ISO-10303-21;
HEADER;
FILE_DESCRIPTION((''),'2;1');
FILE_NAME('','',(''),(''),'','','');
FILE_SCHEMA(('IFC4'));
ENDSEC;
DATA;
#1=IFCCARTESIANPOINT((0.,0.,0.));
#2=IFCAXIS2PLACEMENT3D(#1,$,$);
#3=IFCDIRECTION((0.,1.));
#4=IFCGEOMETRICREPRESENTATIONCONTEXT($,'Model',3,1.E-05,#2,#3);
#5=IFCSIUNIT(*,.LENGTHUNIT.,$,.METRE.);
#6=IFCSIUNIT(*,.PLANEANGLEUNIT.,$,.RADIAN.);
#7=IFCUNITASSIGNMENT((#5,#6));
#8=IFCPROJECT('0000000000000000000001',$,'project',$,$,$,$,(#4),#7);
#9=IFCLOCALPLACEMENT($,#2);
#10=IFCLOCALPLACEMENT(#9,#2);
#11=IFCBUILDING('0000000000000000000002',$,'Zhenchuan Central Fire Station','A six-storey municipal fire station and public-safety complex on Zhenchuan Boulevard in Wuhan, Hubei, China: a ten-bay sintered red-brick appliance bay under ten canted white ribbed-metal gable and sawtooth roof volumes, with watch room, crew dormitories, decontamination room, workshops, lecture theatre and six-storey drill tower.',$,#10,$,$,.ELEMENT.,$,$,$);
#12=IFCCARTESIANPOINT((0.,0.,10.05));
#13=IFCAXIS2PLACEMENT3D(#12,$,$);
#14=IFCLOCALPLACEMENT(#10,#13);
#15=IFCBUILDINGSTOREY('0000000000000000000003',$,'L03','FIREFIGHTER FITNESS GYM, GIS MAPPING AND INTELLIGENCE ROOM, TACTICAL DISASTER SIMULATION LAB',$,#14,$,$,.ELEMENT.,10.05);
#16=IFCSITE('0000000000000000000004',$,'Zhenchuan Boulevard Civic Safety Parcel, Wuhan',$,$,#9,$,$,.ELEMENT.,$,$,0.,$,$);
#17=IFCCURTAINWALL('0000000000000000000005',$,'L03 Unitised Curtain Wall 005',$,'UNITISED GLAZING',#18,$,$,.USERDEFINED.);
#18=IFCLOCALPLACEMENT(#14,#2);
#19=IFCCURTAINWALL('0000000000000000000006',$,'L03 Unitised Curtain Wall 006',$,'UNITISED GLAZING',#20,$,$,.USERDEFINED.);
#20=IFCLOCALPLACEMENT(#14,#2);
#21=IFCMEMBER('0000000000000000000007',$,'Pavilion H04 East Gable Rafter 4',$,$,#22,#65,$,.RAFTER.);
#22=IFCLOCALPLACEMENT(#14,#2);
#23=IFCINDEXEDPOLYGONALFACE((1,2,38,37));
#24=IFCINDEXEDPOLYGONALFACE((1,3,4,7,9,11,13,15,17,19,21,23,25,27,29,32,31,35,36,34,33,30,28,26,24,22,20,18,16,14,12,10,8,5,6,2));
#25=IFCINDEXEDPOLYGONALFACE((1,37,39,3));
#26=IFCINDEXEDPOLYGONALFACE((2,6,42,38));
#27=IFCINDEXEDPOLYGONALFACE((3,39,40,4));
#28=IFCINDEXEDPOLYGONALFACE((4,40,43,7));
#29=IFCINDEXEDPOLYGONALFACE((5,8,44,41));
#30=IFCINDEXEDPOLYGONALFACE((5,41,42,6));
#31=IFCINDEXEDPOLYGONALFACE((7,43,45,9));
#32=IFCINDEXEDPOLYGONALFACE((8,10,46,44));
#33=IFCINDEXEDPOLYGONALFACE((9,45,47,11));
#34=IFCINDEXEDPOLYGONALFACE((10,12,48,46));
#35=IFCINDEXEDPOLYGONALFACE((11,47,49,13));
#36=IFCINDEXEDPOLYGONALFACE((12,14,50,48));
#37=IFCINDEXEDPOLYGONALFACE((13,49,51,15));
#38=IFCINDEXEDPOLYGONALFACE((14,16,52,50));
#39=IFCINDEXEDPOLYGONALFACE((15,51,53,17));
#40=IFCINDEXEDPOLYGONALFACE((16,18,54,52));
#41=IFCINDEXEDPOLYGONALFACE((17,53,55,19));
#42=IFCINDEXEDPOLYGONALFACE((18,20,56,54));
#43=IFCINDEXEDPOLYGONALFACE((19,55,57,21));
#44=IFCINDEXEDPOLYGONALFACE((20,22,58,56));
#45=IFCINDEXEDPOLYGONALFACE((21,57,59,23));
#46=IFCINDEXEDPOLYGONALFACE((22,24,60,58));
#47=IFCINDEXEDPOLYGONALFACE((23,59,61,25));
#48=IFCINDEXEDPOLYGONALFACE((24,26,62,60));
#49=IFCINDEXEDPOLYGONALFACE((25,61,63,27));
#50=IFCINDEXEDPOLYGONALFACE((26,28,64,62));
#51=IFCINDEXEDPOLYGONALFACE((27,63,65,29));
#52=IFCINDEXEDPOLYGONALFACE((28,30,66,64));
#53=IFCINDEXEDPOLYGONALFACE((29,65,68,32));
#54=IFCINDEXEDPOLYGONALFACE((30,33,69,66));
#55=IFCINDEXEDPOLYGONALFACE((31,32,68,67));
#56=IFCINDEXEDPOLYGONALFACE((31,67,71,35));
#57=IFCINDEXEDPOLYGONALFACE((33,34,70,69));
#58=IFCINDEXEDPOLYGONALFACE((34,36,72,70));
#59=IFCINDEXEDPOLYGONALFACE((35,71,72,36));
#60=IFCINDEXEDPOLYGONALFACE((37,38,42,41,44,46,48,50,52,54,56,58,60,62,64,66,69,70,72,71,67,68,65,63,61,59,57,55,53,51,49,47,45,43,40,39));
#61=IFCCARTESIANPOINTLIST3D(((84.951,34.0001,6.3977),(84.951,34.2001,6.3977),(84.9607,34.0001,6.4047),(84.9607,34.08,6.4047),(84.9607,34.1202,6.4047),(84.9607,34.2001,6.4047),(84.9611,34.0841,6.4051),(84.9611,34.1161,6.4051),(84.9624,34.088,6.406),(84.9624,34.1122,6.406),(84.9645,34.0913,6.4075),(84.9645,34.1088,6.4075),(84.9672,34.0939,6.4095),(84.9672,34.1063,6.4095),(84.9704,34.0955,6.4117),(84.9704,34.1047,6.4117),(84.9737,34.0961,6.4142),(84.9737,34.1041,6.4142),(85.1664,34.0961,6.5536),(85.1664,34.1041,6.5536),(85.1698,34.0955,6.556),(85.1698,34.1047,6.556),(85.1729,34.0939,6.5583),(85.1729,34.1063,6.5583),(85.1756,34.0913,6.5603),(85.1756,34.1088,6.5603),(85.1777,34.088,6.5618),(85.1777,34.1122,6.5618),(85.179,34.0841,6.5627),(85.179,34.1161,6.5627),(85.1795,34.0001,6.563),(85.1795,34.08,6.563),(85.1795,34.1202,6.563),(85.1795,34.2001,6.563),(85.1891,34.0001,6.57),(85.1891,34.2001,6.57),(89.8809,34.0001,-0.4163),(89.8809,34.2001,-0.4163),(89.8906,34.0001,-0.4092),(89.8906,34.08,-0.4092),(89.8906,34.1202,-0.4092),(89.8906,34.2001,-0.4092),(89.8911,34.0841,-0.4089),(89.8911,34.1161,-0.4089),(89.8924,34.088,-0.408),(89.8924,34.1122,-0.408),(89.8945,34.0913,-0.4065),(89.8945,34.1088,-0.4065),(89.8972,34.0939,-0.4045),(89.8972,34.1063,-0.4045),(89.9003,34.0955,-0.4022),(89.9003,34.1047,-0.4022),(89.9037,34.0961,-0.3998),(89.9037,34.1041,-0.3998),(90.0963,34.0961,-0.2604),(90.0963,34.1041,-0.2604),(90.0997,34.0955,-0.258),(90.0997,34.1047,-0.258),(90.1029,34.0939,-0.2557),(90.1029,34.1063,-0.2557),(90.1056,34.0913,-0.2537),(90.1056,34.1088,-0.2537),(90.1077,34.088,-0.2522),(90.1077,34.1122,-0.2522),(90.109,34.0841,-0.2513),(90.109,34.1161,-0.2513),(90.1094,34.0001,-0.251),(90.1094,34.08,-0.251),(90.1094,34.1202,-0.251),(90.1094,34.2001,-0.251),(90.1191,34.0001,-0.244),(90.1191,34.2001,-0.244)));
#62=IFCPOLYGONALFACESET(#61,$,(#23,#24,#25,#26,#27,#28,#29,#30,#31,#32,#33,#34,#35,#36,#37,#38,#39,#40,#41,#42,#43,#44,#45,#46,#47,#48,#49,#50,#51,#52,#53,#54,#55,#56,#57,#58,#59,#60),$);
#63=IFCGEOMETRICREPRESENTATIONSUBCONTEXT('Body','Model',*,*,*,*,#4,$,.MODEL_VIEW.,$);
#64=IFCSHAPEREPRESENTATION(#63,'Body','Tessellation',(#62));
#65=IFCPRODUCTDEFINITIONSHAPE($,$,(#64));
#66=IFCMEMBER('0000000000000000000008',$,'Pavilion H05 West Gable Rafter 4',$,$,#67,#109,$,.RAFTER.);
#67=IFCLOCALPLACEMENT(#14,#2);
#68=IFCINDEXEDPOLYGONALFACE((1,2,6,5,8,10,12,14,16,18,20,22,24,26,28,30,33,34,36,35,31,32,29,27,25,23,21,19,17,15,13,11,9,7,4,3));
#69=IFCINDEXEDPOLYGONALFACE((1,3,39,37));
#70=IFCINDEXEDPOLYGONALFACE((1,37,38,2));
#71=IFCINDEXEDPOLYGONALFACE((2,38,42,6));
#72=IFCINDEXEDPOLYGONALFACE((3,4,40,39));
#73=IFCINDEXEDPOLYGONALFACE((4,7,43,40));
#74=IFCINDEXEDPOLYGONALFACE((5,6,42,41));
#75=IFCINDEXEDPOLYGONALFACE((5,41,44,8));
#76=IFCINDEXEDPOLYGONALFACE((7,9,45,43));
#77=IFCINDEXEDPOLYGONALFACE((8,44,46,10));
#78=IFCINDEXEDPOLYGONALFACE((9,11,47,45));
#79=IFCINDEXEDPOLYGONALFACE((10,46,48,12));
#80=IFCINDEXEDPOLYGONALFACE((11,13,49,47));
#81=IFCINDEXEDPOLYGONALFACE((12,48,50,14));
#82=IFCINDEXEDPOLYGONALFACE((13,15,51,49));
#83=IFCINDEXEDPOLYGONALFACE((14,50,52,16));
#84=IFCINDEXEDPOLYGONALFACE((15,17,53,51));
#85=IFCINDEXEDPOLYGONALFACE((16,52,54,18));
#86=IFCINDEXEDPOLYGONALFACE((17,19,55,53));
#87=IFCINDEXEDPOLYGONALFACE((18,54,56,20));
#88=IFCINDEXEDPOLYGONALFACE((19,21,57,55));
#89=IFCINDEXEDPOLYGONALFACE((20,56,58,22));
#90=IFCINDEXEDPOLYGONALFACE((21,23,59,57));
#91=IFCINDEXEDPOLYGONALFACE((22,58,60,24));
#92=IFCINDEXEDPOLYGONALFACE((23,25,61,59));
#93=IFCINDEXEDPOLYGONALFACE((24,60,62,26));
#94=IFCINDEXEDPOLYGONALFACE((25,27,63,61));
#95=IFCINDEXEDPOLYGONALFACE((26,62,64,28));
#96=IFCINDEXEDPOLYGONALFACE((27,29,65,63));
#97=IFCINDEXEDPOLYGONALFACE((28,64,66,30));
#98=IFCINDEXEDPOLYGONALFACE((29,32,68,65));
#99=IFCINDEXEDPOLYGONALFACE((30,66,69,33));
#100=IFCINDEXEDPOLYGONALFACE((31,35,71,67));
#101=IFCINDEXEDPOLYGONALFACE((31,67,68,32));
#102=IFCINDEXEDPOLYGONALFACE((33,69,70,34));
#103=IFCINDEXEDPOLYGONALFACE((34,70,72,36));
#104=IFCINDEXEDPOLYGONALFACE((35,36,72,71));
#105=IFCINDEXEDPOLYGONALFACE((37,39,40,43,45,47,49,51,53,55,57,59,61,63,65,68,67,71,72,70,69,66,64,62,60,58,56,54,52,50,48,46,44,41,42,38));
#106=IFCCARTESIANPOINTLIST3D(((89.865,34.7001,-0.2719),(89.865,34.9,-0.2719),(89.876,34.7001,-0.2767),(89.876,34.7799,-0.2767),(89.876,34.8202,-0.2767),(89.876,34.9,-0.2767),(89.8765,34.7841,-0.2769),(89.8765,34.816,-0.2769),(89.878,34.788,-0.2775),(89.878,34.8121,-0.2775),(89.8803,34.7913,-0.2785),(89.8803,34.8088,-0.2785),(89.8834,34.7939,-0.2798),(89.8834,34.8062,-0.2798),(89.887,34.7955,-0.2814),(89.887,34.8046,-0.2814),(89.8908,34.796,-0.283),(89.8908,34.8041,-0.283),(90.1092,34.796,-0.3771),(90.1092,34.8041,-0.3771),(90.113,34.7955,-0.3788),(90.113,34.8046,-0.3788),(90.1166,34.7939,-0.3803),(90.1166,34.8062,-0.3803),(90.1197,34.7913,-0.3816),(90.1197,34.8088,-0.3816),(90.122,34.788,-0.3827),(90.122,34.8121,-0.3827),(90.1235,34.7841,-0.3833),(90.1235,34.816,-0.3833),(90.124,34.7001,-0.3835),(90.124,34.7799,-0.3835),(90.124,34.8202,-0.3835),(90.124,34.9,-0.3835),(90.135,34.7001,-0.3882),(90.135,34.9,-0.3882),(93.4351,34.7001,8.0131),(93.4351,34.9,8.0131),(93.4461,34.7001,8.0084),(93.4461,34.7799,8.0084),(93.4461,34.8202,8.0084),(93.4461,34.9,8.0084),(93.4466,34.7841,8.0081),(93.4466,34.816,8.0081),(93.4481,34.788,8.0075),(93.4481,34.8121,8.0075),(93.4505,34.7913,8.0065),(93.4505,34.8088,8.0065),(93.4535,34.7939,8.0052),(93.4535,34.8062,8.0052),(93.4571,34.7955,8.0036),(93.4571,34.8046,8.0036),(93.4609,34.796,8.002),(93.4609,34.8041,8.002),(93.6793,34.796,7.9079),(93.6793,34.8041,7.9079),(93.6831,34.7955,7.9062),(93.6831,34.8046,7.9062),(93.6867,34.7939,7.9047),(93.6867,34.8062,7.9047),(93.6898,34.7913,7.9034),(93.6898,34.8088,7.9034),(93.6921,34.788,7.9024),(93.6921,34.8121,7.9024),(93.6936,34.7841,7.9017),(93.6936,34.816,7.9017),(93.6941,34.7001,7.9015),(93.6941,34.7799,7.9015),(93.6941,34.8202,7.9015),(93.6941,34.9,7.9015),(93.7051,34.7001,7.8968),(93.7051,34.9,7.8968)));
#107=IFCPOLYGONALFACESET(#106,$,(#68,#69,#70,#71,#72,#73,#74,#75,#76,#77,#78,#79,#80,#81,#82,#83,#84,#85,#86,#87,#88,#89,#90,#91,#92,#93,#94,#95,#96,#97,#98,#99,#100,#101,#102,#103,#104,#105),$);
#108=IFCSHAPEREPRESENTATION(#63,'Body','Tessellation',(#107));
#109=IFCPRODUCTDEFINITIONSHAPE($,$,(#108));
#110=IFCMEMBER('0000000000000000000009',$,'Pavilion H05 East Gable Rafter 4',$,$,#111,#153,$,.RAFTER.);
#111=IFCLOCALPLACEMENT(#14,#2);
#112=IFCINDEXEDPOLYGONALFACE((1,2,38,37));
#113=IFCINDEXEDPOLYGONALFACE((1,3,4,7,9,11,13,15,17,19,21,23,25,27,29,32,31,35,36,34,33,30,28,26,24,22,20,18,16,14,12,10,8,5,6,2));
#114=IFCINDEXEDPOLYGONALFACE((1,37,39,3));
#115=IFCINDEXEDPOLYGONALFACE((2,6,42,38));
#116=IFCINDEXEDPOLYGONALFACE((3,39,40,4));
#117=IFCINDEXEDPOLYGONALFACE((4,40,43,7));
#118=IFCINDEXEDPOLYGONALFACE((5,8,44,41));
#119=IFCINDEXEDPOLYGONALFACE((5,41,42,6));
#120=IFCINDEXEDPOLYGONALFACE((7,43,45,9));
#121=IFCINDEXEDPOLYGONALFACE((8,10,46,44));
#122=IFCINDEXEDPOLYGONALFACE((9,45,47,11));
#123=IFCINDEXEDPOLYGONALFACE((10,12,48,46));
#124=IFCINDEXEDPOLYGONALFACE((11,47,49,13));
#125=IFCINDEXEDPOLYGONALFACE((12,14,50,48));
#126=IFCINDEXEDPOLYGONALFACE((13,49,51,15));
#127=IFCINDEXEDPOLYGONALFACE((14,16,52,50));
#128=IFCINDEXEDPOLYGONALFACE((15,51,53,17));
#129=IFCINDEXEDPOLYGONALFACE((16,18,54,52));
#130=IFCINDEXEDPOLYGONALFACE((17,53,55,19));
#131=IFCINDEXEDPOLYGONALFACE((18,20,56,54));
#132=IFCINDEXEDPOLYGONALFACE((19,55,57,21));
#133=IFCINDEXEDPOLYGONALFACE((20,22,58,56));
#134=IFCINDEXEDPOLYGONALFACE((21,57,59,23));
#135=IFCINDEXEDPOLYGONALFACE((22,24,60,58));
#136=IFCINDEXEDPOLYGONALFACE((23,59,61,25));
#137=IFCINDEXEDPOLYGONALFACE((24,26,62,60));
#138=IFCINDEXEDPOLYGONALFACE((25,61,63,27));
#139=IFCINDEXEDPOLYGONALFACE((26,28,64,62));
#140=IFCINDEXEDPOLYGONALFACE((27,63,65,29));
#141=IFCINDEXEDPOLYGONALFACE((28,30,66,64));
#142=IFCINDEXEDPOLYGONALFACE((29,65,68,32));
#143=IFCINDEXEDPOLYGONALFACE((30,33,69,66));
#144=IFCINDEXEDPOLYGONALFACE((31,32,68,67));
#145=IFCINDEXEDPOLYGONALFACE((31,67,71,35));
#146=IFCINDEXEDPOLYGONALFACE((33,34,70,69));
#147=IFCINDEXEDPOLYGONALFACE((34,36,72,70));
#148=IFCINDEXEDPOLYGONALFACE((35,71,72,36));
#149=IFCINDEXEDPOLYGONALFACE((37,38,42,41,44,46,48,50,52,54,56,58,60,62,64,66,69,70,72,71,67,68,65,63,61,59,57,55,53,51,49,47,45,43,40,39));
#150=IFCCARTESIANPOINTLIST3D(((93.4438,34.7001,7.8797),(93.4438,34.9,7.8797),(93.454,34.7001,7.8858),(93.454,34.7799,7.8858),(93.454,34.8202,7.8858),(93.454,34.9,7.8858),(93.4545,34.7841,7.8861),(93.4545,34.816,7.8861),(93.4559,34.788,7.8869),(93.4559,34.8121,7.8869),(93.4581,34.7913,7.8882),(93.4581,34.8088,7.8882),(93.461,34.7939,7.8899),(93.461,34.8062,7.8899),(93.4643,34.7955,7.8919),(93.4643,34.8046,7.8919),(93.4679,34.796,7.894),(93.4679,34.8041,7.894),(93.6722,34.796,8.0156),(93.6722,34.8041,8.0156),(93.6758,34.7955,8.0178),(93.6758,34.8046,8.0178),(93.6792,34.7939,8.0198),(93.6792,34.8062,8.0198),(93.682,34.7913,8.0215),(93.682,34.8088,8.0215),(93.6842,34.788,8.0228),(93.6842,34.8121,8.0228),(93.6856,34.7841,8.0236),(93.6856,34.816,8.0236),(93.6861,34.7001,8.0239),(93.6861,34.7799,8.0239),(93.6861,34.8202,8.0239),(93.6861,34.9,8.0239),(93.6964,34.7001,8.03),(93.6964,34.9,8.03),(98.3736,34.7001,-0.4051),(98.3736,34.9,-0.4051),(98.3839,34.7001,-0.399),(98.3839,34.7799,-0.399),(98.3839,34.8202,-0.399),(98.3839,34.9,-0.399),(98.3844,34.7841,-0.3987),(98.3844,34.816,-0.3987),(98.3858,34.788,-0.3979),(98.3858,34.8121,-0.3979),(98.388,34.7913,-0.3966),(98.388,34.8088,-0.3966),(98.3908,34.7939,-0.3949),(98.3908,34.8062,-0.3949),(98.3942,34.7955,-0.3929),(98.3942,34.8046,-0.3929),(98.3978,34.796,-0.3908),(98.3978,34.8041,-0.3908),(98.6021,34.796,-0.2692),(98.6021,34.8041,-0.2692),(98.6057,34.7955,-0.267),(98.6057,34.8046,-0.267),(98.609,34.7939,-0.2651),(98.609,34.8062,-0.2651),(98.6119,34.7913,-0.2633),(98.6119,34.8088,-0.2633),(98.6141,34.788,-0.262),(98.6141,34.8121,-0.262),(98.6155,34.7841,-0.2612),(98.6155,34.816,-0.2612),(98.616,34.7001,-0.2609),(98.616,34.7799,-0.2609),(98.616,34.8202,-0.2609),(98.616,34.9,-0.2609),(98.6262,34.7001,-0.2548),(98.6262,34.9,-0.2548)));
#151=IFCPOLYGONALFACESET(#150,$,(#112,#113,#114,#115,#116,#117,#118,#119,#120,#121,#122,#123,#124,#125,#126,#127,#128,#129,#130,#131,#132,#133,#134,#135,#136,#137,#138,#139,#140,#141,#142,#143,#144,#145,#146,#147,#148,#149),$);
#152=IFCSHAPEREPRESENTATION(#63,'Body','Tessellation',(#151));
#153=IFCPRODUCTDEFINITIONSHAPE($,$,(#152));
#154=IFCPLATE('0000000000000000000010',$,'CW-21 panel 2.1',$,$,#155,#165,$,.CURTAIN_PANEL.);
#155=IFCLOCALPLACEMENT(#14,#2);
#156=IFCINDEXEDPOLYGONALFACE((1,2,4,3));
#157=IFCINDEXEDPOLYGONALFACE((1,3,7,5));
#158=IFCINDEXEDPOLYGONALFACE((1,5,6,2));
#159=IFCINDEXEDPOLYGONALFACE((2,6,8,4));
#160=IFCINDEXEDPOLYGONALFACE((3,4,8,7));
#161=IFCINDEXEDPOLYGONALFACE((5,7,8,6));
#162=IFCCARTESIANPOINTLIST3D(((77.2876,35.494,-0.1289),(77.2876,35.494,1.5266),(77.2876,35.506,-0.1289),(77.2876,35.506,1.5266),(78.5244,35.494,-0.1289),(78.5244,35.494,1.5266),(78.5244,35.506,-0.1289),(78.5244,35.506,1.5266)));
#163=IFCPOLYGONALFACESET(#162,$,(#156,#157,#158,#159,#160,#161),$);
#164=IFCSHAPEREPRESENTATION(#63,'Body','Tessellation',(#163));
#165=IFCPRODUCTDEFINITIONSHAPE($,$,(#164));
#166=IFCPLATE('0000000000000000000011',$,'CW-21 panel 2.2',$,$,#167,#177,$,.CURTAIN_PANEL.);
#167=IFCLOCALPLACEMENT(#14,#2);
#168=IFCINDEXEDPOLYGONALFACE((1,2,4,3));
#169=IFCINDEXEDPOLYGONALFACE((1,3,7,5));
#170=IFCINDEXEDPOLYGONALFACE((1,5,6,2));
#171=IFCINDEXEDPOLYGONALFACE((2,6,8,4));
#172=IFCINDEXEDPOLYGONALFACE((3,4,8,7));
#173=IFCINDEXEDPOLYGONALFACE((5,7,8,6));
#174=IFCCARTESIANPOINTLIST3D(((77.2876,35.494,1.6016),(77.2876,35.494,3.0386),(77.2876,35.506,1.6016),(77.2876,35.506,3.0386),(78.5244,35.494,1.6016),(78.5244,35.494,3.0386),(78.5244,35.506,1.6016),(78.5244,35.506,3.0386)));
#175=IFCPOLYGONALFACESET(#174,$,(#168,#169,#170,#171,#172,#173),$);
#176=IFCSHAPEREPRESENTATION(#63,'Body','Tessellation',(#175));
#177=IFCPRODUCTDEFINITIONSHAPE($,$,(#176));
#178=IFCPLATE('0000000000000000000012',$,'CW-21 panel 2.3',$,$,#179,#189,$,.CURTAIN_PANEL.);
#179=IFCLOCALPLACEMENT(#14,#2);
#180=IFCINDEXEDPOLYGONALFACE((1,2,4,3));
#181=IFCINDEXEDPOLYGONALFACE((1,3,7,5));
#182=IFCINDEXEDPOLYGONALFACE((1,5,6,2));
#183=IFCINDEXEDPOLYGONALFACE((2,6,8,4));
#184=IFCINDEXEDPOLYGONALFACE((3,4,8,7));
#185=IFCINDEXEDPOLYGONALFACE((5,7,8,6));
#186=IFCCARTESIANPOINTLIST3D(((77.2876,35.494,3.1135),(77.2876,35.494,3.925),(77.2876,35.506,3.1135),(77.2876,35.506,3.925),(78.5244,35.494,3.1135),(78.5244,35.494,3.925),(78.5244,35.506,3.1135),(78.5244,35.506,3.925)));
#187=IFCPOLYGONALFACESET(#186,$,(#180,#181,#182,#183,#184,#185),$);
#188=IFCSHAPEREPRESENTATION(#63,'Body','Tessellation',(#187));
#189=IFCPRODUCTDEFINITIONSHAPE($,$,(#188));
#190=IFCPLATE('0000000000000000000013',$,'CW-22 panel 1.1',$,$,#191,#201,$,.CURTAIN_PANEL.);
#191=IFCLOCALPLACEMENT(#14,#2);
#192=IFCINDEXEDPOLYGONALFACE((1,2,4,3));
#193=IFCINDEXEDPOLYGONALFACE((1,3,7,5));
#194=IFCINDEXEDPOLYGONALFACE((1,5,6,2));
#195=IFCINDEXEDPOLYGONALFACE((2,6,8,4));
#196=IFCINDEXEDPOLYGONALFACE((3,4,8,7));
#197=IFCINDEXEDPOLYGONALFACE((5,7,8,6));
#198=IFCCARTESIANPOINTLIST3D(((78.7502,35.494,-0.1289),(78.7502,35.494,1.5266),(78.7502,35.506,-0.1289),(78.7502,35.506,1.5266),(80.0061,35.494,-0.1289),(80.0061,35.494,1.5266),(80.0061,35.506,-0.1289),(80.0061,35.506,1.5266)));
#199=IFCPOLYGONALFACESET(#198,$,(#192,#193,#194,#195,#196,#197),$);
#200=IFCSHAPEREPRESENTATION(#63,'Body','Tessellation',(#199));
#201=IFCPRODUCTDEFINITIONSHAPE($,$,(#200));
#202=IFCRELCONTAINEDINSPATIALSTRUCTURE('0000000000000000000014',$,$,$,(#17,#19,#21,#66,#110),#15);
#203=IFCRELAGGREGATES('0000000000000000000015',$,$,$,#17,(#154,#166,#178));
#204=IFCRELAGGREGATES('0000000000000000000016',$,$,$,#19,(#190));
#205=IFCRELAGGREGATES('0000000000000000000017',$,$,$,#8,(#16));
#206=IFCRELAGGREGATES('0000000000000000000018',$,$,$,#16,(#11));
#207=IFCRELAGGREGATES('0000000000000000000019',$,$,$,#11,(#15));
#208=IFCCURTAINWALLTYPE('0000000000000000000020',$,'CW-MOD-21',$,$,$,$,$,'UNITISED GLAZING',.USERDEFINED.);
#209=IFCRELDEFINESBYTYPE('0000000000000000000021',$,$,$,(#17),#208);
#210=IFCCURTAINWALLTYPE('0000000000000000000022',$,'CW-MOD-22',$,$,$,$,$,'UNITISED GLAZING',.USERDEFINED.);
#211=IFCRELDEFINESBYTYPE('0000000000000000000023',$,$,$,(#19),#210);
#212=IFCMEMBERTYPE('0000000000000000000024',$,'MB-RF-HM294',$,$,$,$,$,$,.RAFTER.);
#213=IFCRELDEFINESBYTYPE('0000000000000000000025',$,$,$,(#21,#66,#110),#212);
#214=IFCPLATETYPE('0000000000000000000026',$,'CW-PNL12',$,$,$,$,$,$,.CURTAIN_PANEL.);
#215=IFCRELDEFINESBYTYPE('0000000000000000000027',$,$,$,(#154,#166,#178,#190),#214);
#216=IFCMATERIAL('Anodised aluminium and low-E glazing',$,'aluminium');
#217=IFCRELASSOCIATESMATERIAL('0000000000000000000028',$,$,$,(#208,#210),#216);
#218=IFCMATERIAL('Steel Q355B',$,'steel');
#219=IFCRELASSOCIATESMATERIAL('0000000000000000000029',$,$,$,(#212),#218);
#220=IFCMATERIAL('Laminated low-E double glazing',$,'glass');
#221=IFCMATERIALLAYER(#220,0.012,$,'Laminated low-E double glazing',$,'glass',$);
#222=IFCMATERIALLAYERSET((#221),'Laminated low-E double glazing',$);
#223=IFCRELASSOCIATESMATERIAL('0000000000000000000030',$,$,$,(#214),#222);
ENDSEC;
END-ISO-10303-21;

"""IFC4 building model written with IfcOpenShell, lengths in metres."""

from ifc_helpers import new_model, si_unit, direction, frame, origin, origin_2d, place, context, subcontext, project, spatial, rectangle, i_section, extrude, material, layer, layer_set, material_profile, profile_set, type_object, element, aggregate, save


model = new_model("IFC4")

# Units and contexts
model_context = context("Model", 3, precision=1e-05, world=origin(), true_north=direction((0.0, 1.0)))
body_context = subcontext(model_context, "Body", "Model", "MODEL_VIEW")
ifc_project = project(units=[si_unit("LENGTHUNIT", "METRE"), si_unit("PLANEANGLEUNIT", "RADIAN")], contexts=[model_context])

# Site, building, storey
site_placement = place(None, origin())
site = spatial("IfcSite", under=ifc_project, at=site_placement, Name="Zhenchuan Boulevard Civic Safety Parcel, Wuhan", CompositionType="ELEMENT", RefElevation=0.0)
building_placement = place(site_placement, origin())
building = spatial("IfcBuilding", under=site, at=building_placement, Name="Zhenchuan Central Fire Station", Description="A six-storey municipal fire station and public-safety complex on Zhenchuan Boulevard in Wuhan, Hubei, China: a ten-bay sintered red-brick appliance bay under ten canted white ribbed-metal gable and sawtooth roof volumes, with watch room, crew dormitories, decontamination room, workshops, lecture theatre and six-storey drill tower.", CompositionType="ELEMENT")
storey_placement = place(building_placement, frame((0.0, 0.0, 10.05)))
storey = spatial("IfcBuildingStorey", under=building, at=storey_placement, Name="L03", Description="FIREFIGHTER FITNESS GYM, GIS MAPPING AND INTELLIGENCE ROOM, TACTICAL DISASTER SIMULATION LAB", CompositionType="ELEMENT", Elevation=10.05)

# Curtain wall
ifc_material_1 = material(Name="Anodised aluminium and low-E glazing", Category="aluminium")
curtain_wall_type_1 = type_object("IfcCurtainWallType", Name="CW-MOD-21", ElementType="UNITISED GLAZING", PredefinedType="USERDEFINED", material=ifc_material_1)
curtain_wall_1_placement = place(storey_placement, origin())
curtain_wall_1 = element("IfcCurtainWall", 1, at=curtain_wall_1_placement, inside=storey, type_object=curtain_wall_type_1, Name="L03 Unitised Curtain Wall 005", ObjectType="UNITISED GLAZING", PredefinedType="USERDEFINED")

# Curtain wall
curtain_wall_type_2 = type_object("IfcCurtainWallType", Name="CW-MOD-22", ElementType="UNITISED GLAZING", PredefinedType="USERDEFINED", material=ifc_material_1)
curtain_wall_2_placement = place(storey_placement, origin())
curtain_wall_2 = element("IfcCurtainWall", 2, at=curtain_wall_2_placement, inside=storey, type_object=curtain_wall_type_2, Name="L03 Unitised Curtain Wall 006", ObjectType="UNITISED GLAZING", PredefinedType="USERDEFINED")

# Members
ifc_material_2 = material(Name="Steel Q355B", Category="steel")
ifc_material_profile_1 = material_profile(ifc_material_2, i_section(OverallWidth=0.2, OverallDepth=0.2939, WebThickness=0.0081, FlangeThickness=0.012, FilletRadius=0.0161, at=origin_2d()), Name="HM 294x200")
ifc_profile_set_1 = profile_set([ifc_material_profile_1], Name="Steel Q355B")
member_type_1 = type_object("IfcMemberType", Name="MB-RF-HM294", PredefinedType="RAFTER", material=ifc_profile_set_1)
member_1_placement = place(storey_placement, frame((85.0701, 34.1001, 6.4839), z_axis=(0.586173, 0.0, -0.810186), x_axis=(0.0, 1.0, 0.0)))
element("IfcMember", 3, at=member_1_placement, inside=storey, type_object=member_type_1, Name="Pavilion H04 East Gable Rafter 4", PredefinedType="RAFTER", context=body_context, shape_type="SweptSolid", body=[
    extrude(i_section(OverallWidth=0.2, OverallDepth=0.2939, WebThickness=0.0081, FlangeThickness=0.012, FilletRadius=0.0161, at=origin_2d()), origin(), (0.0, 0.0, 1.0), 8.4104),
])
member_2_placement = place(storey_placement, frame((90.0, 34.8, -0.3301), z_axis=(0.395735, 0.0, 0.918365), x_axis=(0.0, 1.0, 0.0)))
element("IfcMember", 4, at=member_2_placement, inside=storey, type_object=member_type_1, Name="Pavilion H05 West Gable Rafter 4", PredefinedType="RAFTER", context=body_context, shape_type="SweptSolid", body=[
    extrude(i_section(OverallWidth=0.2, OverallDepth=0.2939, WebThickness=0.0081, FlangeThickness=0.012, FilletRadius=0.0161, at=origin_2d()), origin(), (0.0, 0.0, 1.0), 9.0215),
])
member_3_placement = place(storey_placement, frame((93.5701, 34.8, 7.9548), z_axis=(0.511364, 0.0, -0.859364), x_axis=(0.0, 1.0, 0.0)))
element("IfcMember", 5, at=member_3_placement, inside=storey, type_object=member_type_1, Name="Pavilion H05 East Gable Rafter 4", PredefinedType="RAFTER", context=body_context, shape_type="SweptSolid", body=[
    extrude(i_section(OverallWidth=0.2, OverallDepth=0.2939, WebThickness=0.0081, FlangeThickness=0.012, FilletRadius=0.0161, at=origin_2d()), origin(), (0.0, 0.0, 1.0), 9.6406),
])

# Plates
ifc_material_3 = material(Name="Laminated low-E double glazing", Category="glass")
ifc_layer = layer(ifc_material_3, 0.012, Name="Laminated low-E double glazing", Category="glass")
ifc_layer_set = layer_set([ifc_layer], Name="Laminated low-E double glazing")
plate_type_1 = type_object("IfcPlateType", Name="CW-PNL12", PredefinedType="CURTAIN_PANEL", material=ifc_layer_set)
plate_1_placement = place(storey_placement, frame((77.906, 35.5, -0.1289), z_axis=(0.0, 0.0, 1.0), x_axis=(1.0, 0.0, 0.0)))
plate_1 = element("IfcPlate", 6, at=plate_1_placement, type_object=plate_type_1, Name="CW-21 panel 2.1", PredefinedType="CURTAIN_PANEL", context=body_context, shape_type="SweptSolid", body=[
    extrude(rectangle(XDim=1.2368, YDim=0.012, at=origin_2d()), origin(), (0.0, 0.0, 1.0), 1.6555),
])
plate_2_placement = place(storey_placement, frame((77.906, 35.5, 1.6016), z_axis=(0.0, 0.0, 1.0), x_axis=(1.0, 0.0, 0.0)))
plate_2 = element("IfcPlate", 7, at=plate_2_placement, type_object=plate_type_1, Name="CW-21 panel 2.2", PredefinedType="CURTAIN_PANEL", context=body_context, shape_type="SweptSolid", body=[
    extrude(rectangle(XDim=1.2368, YDim=0.012, at=origin_2d()), origin(), (0.0, 0.0, 1.0), 1.437),
])
plate_3_placement = place(storey_placement, frame((77.906, 35.5, 3.1135), z_axis=(0.0, 0.0, 1.0), x_axis=(1.0, 0.0, 0.0)))
plate_3 = element("IfcPlate", 8, at=plate_3_placement, type_object=plate_type_1, Name="CW-21 panel 2.3", PredefinedType="CURTAIN_PANEL", context=body_context, shape_type="SweptSolid", body=[
    extrude(rectangle(XDim=1.2368, YDim=0.012, at=origin_2d()), origin(), (0.0, 0.0, 1.0), 0.8115),
])
aggregate(curtain_wall_1, [plate_1, plate_2, plate_3])
plate_4_placement = place(storey_placement, frame((79.3782, 35.5, -0.1289), z_axis=(0.0, 0.0, 1.0), x_axis=(1.0, 0.0, 0.0)))
plate_4 = element("IfcPlate", 9, at=plate_4_placement, type_object=plate_type_1, Name="CW-22 panel 1.1", PredefinedType="CURTAIN_PANEL", context=body_context, shape_type="SweptSolid", body=[
    extrude(rectangle(XDim=1.2559, YDim=0.012, at=origin_2d()), origin(), (0.0, 0.0, 1.0), 1.6555),
])
aggregate(curtain_wall_2, [plate_4])

save(model, "model.ifc")
